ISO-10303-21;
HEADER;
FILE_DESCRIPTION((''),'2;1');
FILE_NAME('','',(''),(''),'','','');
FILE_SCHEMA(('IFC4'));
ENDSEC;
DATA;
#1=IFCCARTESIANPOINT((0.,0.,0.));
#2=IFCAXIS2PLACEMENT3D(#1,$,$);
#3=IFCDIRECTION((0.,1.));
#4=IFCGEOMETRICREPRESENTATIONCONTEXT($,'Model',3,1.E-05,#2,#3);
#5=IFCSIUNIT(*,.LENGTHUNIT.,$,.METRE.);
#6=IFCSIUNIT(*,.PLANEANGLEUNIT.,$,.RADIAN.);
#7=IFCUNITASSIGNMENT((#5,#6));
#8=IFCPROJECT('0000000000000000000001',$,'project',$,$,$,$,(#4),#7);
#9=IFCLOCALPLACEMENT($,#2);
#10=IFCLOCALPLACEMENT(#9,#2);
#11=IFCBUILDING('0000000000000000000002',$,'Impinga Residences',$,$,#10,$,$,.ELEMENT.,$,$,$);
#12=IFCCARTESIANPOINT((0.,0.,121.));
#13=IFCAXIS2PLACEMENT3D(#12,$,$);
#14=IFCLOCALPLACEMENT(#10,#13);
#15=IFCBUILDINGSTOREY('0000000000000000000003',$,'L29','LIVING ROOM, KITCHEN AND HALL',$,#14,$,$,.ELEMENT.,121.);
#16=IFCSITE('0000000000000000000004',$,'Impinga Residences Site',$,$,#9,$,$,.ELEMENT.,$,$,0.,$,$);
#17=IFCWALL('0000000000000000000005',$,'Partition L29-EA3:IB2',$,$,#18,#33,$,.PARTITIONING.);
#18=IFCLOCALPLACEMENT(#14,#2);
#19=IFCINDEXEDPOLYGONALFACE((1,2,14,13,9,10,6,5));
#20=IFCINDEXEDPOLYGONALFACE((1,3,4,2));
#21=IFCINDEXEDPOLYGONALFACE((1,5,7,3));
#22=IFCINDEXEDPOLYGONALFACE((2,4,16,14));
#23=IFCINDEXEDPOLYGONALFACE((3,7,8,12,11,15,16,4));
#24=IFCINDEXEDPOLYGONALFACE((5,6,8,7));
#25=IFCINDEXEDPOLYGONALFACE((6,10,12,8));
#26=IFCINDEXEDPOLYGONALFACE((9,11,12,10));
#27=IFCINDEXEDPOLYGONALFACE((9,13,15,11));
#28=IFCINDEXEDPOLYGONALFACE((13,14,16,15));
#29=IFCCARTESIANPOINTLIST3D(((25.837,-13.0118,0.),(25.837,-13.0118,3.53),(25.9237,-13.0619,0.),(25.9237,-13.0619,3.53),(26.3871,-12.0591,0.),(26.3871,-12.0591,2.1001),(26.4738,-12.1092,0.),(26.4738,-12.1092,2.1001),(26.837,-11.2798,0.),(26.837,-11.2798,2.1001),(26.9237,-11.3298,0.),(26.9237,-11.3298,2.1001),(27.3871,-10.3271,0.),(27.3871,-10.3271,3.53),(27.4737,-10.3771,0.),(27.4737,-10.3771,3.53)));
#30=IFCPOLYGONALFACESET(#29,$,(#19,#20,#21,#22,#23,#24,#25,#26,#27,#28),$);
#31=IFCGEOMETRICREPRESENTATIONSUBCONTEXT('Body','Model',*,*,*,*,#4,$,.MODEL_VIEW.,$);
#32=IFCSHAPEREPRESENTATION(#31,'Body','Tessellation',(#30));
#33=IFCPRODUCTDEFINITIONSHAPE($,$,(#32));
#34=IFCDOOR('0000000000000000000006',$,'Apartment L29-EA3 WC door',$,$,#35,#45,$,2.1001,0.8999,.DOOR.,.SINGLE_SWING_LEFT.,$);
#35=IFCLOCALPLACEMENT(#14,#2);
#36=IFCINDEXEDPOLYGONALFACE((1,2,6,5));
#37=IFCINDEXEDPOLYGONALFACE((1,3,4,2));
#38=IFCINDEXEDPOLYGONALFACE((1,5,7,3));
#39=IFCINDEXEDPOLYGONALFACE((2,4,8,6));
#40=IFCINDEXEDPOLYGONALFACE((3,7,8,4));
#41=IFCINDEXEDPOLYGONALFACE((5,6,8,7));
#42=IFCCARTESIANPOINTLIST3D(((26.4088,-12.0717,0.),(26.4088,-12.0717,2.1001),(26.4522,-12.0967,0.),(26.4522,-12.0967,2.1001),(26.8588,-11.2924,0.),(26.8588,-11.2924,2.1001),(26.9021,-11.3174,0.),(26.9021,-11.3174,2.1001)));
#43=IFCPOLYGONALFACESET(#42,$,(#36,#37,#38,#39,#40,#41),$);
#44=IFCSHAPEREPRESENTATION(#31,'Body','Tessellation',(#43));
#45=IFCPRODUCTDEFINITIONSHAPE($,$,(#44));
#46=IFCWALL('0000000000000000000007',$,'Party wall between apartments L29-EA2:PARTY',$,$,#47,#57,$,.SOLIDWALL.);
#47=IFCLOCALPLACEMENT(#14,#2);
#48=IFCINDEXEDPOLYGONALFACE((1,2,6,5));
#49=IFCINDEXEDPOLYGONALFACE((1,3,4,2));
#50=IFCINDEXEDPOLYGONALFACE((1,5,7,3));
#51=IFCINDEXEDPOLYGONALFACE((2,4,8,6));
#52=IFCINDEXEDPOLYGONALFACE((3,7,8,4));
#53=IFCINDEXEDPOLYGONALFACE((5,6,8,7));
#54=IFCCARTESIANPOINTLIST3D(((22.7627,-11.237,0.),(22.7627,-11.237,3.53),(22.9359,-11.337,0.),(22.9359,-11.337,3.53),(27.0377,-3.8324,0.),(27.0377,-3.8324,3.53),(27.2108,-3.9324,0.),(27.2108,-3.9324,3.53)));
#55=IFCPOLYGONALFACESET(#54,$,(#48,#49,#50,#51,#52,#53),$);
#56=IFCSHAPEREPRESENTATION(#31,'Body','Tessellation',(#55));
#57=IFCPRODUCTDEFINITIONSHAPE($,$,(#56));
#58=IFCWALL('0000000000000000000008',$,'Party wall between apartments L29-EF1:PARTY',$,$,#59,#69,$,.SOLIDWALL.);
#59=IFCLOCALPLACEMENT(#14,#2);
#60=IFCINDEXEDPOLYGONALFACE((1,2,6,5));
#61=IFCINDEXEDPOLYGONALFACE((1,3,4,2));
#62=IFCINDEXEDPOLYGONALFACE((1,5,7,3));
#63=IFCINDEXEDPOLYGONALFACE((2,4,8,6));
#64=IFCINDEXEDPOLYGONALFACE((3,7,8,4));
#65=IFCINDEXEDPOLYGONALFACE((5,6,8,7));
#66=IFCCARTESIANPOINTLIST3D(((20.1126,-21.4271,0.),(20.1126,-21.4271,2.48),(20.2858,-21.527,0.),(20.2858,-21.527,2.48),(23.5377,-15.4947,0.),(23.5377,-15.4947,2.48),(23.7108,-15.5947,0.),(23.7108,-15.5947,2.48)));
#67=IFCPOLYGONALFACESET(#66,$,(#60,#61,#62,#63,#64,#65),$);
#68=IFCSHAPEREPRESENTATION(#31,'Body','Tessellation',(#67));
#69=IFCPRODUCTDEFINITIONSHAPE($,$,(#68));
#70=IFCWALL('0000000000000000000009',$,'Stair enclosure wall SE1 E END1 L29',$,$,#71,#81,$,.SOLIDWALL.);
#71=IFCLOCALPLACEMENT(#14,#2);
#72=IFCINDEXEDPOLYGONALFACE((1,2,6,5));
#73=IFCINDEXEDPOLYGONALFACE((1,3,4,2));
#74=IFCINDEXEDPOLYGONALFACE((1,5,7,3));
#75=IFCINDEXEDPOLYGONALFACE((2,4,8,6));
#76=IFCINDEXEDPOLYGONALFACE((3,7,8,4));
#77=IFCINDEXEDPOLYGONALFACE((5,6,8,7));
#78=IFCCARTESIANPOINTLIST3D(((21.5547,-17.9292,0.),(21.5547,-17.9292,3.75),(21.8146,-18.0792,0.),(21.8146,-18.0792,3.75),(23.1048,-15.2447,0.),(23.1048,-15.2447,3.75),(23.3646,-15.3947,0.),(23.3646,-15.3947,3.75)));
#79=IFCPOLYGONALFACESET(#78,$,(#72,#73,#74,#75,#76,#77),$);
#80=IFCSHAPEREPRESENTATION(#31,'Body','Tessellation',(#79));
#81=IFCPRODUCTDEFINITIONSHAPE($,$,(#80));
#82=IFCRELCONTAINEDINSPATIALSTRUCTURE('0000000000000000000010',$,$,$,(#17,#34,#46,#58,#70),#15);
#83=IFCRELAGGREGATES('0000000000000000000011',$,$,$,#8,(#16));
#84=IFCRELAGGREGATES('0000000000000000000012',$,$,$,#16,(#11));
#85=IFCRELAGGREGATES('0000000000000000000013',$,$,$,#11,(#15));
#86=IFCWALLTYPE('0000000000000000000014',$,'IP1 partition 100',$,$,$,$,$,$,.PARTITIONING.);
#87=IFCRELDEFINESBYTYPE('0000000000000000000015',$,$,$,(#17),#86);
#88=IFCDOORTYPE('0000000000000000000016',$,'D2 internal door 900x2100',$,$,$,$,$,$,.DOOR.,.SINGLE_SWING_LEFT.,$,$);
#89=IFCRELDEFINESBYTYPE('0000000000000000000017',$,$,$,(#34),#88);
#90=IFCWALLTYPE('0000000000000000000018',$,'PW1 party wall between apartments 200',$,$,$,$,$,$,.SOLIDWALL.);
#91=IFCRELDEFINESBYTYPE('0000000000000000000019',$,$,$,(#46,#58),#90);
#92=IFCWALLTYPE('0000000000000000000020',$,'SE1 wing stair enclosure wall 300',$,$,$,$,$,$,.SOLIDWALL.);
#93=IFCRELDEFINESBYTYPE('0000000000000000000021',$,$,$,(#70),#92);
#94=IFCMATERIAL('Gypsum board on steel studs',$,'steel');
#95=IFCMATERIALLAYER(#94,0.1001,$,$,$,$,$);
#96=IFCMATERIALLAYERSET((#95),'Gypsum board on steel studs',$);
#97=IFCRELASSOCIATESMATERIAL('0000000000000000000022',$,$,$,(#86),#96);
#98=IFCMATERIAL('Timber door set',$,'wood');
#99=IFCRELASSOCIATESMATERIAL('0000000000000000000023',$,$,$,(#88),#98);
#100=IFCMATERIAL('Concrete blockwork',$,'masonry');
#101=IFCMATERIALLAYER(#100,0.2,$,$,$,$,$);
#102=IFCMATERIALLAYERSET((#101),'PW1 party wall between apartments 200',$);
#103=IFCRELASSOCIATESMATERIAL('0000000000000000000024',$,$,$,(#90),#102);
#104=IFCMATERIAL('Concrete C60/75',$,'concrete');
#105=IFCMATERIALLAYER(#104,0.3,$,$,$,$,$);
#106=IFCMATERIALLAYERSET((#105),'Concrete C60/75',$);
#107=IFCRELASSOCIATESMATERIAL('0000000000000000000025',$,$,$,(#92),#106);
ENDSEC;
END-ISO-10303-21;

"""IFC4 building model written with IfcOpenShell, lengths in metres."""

from ifc_helpers import new_model, si_unit, direction, frame, frame_2d, origin, place, context, subcontext, project, spatial, rectangle, extrude, material, layer, layer_set, type_object, element, fill, save


model = new_model("IFC4")

# Units and contexts
model_context = context("Model", 3, precision=1e-05, world=origin(), true_north=direction((0.0, 1.0)))
body_context = subcontext(model_context, "Body", "Model", "MODEL_VIEW")
ifc_project = project(units=[si_unit("LENGTHUNIT", "METRE"), si_unit("PLANEANGLEUNIT", "RADIAN")], contexts=[model_context])

# Site, building, storey
site_placement = place(None, origin())
site = spatial("IfcSite", under=ifc_project, at=site_placement, Name="Impinga Residences Site", CompositionType="ELEMENT", RefElevation=0.0)
building_placement = place(site_placement, origin())
building = spatial("IfcBuilding", under=site, at=building_placement, Name="Impinga Residences", CompositionType="ELEMENT")
storey_placement = place(building_placement, frame((0.0, 0.0, 121.0)))
storey = spatial("IfcBuildingStorey", under=building, at=storey_placement, Name="L29", Description="LIVING ROOM, KITCHEN AND HALL", CompositionType="ELEMENT", Elevation=121.0)

# Shared definitions
ifc_material_1 = material(Name="Concrete C60/75", Category="concrete")

# Shared definitions
ifc_material_2 = material(Name="Gypsum board on steel studs", Category="steel")
ifc_layer_1 = layer(ifc_material_2, 0.1001)
ifc_layer_set_1 = layer_set([ifc_layer_1], Name="Gypsum board on steel studs")
wall_type_1 = type_object("IfcWallType", Name="IP1 partition 100", PredefinedType="PARTITIONING", material=ifc_layer_set_1)
ifc_material_3 = material(Name="Timber door set", Category="wood")
door_type = type_object("IfcDoorType", Name="D2 internal door 900x2100", OperationType="SINGLE_SWING_LEFT", PredefinedType="DOOR", material=ifc_material_3)

# Wall, opening, door
wall_1_placement = place(storey_placement, frame((25.8804, -13.0369, 0.0), z_axis=(0.0, 0.0, 1.0), x_axis=(0.499993, 0.86603, 0.0)))
wall_1 = element("IfcWall", 1, at=wall_1_placement, inside=storey, type_object=wall_type_1, Name="Partition L29-EA3:IB2", PredefinedType="PARTITIONING", context=body_context, shape_type="SweptSolid", body=[
    extrude(rectangle(XDim=3.1001, YDim=0.1001, at=frame_2d((1.55, 0.0))), origin(), (0.0, 0.0, 1.0), 3.53),
])
opening_1_placement = place(wall_1_placement, frame((1.1001, 0.0, 0.0)))
opening_1 = element("IfcOpeningElement", 2, at=opening_1_placement, cuts=wall_1, PredefinedType="OPENING", context=body_context, shape_type="SweptSolid", body=[
    extrude(rectangle(XDim=0.8999, YDim=2.1001, at=frame_2d((0.45, 1.05))), frame((0.0, 0.0601, 0.0), z_axis=(0.0, -1.0, 0.0), x_axis=(1.0, 0.0, 0.0)), (0.0, 0.0, 1.0), 0.1201),
])
door_1_placement = place(opening_1_placement, origin())
door_1 = element("IfcDoor", 3, at=door_1_placement, inside=storey, type_object=door_type, Name="Apartment L29-EA3 WC door", OperationType="SINGLE_SWING_LEFT", OverallHeight=2.1001, OverallWidth=0.8999, PredefinedType="DOOR", context=body_context, shape_type="SweptSolid", body=[
    extrude(rectangle(XDim=0.8999, YDim=2.1001, at=frame_2d((0.45, 1.05))), frame((0.0, 0.0249, 0.0), z_axis=(0.0, -1.0, 0.0), x_axis=(1.0, 0.0, 0.0)), (0.0, 0.0, 1.0), 0.05),
])
fill(opening_1, door_1)

# Walls
ifc_material_4 = material(Name="Concrete blockwork", Category="masonry")
ifc_layer_2 = layer(ifc_material_4, 0.2)
ifc_layer_set_2 = layer_set([ifc_layer_2], Name="PW1 party wall between apartments 200")
wall_type_2 = type_object("IfcWallType", Name="PW1 party wall between apartments 200", PredefinedType="SOLIDWALL", material=ifc_layer_set_2)
wall_2_placement = place(storey_placement, frame((22.8494, -11.2869, 0.0), z_axis=(0.0, 0.0, 1.0), x_axis=(0.49999, 0.866031, 0.0)))
element("IfcWall", 4, at=wall_2_placement, inside=storey, type_object=wall_type_2, Name="Party wall between apartments L29-EA2:PARTY", PredefinedType="SOLIDWALL", context=body_context, shape_type="SweptSolid", body=[
    extrude(rectangle(XDim=8.55, YDim=0.2, at=frame_2d((4.2749, 0.0))), origin(), (0.0, 0.0, 1.0), 3.53),
])
wall_3_placement = place(storey_placement, frame((23.6243, -15.5447, 0.0), z_axis=(0.0, 0.0, 1.0), x_axis=(-0.499999, -0.866026, 0.0)))
element("IfcWall", 5, at=wall_3_placement, inside=storey, type_object=wall_type_2, Name="Party wall between apartments L29-EF1:PARTY", PredefinedType="SOLIDWALL", context=body_context, shape_type="SweptSolid", body=[
    extrude(rectangle(XDim=6.8501, YDim=0.2, at=frame_2d((3.425, 0.0))), origin(), (0.0, 0.0, 1.0), 2.48),
])
ifc_layer_3 = layer(ifc_material_1, 0.3)
ifc_layer_set_3 = layer_set([ifc_layer_3], Name="Concrete C60/75")
wall_type_3 = type_object("IfcWallType", Name="SE1 wing stair enclosure wall 300", PredefinedType="SOLIDWALL", material=ifc_layer_set_3)
wall_4_placement = place(storey_placement, frame((23.2346, -15.3198, 0.0), z_axis=(0.0, 0.0, 1.0), x_axis=(-0.500027, -0.86601, 0.0)))
element("IfcWall", 6, at=wall_4_placement, inside=storey, type_object=wall_type_3, Name="Stair enclosure wall SE1 E END1 L29", PredefinedType="SOLIDWALL", context=body_context, shape_type="SweptSolid", body=[
    extrude(rectangle(XDim=3.0999, YDim=0.3, at=frame_2d((1.5498, 0.0))), origin(), (0.0, 0.0, 1.0), 3.75),
])

save(model, "model.ifc")
